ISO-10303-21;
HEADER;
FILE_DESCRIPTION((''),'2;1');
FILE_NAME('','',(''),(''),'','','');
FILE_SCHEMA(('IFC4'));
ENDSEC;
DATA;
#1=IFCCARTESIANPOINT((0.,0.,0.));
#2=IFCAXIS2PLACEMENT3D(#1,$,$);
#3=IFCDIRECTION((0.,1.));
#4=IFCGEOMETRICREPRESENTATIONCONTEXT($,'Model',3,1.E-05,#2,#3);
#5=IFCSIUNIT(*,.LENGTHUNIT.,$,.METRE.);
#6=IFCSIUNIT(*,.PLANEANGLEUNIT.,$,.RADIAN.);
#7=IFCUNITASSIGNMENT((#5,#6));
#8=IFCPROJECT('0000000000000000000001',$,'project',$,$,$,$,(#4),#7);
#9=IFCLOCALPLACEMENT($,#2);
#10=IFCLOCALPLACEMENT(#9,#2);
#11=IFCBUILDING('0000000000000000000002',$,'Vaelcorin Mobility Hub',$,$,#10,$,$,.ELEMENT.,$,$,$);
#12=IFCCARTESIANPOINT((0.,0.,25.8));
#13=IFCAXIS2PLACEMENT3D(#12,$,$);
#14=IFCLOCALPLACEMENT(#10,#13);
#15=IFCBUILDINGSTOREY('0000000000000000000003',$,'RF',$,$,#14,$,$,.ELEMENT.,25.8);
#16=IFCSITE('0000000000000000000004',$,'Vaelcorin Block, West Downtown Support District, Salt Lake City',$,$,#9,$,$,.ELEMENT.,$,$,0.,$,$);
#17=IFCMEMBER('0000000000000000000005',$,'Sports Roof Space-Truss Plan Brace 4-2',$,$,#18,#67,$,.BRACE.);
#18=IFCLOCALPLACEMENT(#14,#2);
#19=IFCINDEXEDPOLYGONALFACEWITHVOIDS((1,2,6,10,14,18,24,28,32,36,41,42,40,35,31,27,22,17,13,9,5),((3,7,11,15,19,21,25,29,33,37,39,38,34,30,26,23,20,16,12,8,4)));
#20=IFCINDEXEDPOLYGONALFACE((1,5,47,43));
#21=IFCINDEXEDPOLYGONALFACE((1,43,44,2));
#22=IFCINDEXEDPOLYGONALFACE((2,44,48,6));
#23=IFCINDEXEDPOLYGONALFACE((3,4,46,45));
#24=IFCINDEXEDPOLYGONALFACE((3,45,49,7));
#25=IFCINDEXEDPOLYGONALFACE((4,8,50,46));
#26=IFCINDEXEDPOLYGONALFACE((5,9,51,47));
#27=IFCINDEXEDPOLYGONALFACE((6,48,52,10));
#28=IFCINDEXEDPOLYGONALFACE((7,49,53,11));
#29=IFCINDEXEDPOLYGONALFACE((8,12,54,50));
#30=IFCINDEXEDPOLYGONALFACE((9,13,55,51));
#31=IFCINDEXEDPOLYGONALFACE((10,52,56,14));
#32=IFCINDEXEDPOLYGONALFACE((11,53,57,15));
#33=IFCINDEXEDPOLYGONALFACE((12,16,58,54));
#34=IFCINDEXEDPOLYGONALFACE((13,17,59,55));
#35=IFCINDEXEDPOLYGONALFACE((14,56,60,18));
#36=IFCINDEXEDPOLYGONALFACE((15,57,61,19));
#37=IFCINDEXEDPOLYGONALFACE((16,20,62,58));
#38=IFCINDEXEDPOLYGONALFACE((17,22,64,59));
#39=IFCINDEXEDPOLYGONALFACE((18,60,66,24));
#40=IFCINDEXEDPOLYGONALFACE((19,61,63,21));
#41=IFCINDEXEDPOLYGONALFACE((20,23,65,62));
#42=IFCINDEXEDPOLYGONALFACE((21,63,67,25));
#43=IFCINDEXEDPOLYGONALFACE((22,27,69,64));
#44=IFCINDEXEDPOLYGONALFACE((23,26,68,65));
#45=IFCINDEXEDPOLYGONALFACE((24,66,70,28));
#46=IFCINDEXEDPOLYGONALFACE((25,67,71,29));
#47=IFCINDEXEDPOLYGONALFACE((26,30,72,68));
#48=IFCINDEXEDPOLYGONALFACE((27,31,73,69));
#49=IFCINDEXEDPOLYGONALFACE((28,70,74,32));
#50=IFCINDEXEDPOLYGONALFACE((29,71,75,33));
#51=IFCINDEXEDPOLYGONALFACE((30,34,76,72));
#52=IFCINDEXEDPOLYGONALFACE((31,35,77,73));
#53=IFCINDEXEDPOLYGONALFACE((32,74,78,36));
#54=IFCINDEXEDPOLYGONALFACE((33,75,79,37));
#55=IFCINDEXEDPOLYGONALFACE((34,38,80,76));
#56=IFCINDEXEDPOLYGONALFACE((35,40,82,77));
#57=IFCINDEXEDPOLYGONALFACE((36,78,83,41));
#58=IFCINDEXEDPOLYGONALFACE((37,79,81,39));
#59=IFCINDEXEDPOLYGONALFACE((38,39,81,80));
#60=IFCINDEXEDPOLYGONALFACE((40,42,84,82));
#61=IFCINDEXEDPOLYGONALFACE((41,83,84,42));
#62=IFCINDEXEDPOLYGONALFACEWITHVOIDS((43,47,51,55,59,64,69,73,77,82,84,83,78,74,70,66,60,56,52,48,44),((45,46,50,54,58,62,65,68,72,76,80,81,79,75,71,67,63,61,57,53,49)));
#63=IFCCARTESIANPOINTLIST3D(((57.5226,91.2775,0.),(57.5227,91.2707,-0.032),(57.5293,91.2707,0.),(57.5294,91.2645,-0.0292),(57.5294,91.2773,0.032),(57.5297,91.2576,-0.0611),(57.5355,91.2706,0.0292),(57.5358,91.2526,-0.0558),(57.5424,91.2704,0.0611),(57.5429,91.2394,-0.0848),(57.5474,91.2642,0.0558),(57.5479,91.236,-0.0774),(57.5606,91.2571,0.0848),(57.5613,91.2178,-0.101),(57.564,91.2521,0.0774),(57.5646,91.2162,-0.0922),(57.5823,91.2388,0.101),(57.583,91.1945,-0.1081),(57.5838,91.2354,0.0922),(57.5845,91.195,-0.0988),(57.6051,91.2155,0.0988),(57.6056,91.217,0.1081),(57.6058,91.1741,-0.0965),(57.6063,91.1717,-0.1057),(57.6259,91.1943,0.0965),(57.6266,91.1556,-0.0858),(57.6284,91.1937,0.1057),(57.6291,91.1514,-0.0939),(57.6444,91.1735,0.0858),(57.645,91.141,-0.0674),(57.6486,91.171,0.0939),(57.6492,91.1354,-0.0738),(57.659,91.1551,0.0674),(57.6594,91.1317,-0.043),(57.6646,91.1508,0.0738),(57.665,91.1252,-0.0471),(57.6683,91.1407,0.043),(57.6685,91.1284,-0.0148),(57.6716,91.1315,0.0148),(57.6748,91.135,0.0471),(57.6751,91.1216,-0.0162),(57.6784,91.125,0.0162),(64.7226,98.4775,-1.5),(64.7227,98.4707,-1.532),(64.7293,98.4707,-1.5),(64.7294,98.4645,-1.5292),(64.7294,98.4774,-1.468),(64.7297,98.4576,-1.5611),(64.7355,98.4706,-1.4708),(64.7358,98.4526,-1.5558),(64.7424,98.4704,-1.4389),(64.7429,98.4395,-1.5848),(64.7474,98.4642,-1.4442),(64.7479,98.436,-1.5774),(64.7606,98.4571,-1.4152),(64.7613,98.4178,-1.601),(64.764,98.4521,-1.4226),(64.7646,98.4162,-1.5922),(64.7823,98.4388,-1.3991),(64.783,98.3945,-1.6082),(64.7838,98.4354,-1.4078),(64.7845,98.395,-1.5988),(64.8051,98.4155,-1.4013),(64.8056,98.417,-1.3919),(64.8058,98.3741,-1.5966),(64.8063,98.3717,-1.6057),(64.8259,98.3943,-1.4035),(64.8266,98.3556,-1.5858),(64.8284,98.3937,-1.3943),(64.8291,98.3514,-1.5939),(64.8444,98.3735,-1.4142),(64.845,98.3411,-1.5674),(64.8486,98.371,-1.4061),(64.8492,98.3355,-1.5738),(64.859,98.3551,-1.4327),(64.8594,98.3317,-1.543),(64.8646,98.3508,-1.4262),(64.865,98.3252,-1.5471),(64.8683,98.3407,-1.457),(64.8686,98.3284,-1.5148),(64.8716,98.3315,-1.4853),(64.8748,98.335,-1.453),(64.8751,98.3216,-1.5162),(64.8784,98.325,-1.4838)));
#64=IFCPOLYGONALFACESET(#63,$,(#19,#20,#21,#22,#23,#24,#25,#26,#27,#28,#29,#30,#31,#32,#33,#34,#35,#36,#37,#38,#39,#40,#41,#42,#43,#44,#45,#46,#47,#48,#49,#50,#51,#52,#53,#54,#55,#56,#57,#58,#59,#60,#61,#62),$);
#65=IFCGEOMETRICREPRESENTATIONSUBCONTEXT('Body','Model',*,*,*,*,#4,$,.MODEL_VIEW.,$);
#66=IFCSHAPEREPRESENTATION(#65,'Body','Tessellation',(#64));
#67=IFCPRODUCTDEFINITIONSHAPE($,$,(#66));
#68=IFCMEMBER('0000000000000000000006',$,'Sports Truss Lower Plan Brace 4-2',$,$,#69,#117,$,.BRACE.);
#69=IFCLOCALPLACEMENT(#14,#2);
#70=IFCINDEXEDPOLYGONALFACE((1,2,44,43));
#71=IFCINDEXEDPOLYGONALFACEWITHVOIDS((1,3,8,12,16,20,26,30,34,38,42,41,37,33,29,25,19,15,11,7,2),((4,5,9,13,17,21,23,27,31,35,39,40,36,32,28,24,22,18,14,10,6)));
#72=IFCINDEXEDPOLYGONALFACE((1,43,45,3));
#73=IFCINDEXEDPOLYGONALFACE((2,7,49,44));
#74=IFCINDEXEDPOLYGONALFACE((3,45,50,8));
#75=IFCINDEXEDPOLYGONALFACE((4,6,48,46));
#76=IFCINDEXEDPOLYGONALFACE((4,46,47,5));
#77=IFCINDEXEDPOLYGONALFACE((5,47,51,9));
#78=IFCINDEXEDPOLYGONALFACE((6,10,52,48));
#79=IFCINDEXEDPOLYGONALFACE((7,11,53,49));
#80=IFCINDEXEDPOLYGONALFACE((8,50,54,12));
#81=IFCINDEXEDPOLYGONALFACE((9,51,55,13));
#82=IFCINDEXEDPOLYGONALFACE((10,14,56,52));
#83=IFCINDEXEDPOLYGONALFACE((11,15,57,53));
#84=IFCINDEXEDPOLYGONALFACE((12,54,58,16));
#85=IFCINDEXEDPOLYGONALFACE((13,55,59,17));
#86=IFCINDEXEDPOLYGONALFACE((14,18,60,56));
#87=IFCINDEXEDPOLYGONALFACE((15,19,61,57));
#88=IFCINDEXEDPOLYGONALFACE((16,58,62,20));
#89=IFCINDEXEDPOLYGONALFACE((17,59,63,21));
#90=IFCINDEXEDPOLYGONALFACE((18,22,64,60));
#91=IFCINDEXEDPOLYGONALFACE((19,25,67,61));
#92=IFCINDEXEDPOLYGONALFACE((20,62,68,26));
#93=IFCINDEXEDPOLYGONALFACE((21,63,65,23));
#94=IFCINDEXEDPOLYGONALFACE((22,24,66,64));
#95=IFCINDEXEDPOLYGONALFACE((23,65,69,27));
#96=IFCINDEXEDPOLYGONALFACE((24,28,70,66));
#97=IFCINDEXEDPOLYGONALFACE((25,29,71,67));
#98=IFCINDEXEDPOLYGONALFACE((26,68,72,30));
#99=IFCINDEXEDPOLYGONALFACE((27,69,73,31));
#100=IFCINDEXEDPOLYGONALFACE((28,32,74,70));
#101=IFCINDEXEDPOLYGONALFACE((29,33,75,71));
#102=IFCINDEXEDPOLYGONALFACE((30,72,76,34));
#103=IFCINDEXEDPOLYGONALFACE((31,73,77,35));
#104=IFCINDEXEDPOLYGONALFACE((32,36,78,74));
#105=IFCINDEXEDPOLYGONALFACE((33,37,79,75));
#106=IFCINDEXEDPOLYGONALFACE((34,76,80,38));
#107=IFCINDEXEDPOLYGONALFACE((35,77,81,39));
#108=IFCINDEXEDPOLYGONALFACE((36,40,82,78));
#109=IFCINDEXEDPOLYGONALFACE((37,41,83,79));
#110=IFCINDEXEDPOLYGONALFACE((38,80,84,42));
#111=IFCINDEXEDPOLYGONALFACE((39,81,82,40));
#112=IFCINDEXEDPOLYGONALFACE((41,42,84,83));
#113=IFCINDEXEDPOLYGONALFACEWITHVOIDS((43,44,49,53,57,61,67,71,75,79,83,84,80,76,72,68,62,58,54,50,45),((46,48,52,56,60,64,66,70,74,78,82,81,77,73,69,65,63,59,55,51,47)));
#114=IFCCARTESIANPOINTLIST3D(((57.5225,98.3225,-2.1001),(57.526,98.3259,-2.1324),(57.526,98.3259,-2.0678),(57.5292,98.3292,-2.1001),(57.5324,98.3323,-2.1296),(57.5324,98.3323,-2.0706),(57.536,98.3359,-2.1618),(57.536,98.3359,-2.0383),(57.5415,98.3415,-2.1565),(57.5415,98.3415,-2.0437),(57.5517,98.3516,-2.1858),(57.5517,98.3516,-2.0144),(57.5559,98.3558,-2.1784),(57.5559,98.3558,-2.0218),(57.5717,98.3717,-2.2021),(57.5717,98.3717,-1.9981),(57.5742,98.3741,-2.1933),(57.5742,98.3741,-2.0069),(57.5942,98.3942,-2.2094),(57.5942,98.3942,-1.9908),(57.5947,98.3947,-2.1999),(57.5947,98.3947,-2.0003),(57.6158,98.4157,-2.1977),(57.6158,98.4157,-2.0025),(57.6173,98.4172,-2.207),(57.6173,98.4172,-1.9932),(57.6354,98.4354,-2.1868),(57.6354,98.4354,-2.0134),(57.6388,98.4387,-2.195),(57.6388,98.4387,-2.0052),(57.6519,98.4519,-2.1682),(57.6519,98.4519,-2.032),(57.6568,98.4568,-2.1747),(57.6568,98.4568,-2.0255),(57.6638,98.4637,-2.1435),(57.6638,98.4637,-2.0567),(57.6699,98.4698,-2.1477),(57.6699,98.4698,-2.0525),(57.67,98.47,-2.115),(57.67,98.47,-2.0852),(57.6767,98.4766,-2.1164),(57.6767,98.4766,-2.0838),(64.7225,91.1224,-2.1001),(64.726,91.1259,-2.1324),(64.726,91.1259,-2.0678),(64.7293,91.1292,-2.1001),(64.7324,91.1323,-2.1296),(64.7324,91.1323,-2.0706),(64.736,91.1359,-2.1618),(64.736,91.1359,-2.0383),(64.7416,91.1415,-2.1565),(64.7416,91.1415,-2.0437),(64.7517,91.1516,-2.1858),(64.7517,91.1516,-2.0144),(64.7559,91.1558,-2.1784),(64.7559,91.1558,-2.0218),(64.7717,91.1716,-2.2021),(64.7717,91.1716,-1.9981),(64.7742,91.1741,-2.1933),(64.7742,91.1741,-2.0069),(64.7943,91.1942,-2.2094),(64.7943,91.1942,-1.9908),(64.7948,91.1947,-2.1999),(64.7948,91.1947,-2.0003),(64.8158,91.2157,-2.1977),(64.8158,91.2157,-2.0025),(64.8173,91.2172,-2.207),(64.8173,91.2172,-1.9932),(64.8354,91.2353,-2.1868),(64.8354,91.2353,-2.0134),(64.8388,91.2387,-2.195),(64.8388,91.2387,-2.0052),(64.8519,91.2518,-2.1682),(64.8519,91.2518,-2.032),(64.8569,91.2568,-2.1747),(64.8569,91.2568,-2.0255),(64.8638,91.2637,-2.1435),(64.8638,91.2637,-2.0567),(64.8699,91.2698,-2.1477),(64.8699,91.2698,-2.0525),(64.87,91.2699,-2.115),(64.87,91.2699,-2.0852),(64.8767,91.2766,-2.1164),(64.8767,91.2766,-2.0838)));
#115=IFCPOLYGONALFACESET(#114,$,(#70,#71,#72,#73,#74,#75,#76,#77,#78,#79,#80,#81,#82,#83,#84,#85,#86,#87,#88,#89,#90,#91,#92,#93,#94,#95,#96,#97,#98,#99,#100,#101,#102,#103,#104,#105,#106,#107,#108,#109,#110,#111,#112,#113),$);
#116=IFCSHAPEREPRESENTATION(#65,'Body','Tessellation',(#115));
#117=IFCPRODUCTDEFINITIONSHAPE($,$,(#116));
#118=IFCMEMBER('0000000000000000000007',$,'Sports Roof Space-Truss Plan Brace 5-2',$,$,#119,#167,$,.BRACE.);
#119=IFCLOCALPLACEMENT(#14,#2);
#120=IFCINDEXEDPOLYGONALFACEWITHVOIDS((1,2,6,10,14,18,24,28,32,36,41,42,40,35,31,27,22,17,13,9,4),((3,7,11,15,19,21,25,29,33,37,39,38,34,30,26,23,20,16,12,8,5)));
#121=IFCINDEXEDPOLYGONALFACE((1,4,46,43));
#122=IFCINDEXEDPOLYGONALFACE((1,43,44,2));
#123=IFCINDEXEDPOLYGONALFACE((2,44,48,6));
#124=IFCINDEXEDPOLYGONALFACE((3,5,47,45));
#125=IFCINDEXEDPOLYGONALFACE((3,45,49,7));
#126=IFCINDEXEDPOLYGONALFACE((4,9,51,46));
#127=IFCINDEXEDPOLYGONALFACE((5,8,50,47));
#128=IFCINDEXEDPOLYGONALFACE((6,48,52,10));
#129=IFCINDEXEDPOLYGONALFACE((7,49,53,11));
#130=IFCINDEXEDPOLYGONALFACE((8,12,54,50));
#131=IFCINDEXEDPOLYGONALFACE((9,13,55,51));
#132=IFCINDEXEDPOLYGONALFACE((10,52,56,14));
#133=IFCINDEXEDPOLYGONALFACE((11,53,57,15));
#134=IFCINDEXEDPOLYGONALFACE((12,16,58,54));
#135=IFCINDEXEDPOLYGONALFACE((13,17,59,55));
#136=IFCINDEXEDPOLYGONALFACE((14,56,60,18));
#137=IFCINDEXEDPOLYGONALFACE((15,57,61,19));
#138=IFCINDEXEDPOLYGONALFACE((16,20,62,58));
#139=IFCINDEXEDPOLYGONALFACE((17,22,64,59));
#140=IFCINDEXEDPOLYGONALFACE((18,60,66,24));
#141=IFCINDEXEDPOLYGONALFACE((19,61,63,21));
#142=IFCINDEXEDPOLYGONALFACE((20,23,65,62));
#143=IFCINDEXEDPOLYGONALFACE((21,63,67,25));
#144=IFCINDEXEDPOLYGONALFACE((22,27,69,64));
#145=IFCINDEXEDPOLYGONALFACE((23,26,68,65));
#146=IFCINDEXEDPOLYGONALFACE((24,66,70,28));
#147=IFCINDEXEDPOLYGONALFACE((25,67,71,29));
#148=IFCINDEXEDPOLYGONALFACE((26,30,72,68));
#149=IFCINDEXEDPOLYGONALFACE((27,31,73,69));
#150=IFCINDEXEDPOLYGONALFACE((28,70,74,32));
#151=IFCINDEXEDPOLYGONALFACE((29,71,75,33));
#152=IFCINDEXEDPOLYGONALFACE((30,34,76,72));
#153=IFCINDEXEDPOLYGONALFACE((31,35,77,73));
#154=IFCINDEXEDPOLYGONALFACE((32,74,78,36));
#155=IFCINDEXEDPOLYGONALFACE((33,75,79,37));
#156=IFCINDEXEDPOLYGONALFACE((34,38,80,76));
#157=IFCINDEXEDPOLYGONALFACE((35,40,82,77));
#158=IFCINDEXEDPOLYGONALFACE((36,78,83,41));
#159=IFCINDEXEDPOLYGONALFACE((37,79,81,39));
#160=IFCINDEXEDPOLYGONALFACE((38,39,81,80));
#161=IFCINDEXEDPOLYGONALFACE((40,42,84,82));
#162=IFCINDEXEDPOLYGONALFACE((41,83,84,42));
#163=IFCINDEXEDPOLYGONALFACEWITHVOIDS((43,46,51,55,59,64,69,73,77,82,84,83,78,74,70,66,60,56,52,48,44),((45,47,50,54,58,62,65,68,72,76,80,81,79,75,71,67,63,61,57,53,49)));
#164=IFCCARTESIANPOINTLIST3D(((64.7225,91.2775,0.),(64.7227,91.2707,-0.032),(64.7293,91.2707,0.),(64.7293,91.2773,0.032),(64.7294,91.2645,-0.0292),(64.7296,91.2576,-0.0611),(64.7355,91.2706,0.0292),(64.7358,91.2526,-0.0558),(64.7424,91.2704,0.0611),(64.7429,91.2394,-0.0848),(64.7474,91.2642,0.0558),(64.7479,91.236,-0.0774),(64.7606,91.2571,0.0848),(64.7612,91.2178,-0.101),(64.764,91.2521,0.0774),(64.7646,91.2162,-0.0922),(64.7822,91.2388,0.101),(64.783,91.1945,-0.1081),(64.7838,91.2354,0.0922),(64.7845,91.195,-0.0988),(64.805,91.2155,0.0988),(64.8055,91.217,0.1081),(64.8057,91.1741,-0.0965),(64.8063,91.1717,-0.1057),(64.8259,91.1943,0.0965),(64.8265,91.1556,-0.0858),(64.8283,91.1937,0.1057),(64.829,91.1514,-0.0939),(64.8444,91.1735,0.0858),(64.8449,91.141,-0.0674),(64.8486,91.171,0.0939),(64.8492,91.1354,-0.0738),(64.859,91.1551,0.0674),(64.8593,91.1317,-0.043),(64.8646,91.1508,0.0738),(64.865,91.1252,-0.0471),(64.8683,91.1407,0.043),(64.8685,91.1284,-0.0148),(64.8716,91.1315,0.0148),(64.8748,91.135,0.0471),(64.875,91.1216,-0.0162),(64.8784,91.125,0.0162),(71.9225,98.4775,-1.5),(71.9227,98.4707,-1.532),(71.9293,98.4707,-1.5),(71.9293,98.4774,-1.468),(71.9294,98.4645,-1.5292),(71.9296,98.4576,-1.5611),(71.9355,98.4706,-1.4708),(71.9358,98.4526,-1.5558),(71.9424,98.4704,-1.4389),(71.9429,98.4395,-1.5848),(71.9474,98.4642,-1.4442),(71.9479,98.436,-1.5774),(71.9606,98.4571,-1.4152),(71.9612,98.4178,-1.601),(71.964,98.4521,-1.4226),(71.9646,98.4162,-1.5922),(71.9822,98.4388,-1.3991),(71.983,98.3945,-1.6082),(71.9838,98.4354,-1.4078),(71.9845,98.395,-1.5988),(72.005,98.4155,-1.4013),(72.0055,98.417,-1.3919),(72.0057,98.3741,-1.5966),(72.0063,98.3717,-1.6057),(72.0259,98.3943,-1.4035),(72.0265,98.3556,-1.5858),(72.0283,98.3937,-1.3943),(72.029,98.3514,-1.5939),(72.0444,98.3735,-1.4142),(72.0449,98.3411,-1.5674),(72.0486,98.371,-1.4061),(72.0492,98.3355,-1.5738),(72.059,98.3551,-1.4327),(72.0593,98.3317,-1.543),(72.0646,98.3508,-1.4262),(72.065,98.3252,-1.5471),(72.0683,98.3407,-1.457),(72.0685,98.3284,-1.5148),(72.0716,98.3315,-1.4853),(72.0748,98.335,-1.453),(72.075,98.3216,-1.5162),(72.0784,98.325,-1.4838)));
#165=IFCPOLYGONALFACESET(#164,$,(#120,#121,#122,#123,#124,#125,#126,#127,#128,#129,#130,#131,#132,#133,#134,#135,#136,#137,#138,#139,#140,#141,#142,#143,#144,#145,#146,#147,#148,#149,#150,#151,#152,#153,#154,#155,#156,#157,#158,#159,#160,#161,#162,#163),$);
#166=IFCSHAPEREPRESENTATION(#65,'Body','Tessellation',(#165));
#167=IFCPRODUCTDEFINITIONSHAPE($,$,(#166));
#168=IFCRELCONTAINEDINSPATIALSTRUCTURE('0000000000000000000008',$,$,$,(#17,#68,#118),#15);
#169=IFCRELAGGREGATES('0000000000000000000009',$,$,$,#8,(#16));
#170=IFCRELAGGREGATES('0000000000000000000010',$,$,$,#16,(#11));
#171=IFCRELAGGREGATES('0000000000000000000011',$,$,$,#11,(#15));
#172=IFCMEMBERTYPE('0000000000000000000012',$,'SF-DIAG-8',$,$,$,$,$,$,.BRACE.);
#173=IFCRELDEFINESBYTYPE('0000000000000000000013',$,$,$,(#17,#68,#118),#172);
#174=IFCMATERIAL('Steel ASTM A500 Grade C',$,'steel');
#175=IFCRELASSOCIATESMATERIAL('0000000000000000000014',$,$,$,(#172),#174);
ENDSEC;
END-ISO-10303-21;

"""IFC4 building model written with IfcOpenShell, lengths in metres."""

from ifc_helpers import new_model, si_unit, direction, frame, origin, origin_2d, place, context, subcontext, project, spatial, hollow_circle, extrude, material, material_profile, profile_set, type_object, element, save


model = new_model("IFC4")

# Units and contexts
model_context = context("Model", 3, precision=1e-05, world=origin(), true_north=direction((0.0, 1.0)))
body_context = subcontext(model_context, "Body", "Model", "MODEL_VIEW")
ifc_project = project(units=[si_unit("LENGTHUNIT", "METRE"), si_unit("PLANEANGLEUNIT", "RADIAN")], contexts=[model_context])

# Site, building, storey
site_placement = place(None, origin())
site = spatial("IfcSite", under=ifc_project, at=site_placement, Name="Vaelcorin Block, West Downtown Support District, Salt Lake City", CompositionType="ELEMENT", RefElevation=0.0)
building_placement = place(site_placement, origin())
building = spatial("IfcBuilding", under=site, at=building_placement, Name="Vaelcorin Mobility Hub", CompositionType="ELEMENT")
storey_placement = place(building_placement, frame((0.0, 0.0, 25.8)))
storey = spatial("IfcBuildingStorey", under=building, at=storey_placement, Name="RF", CompositionType="ELEMENT", Elevation=25.8)

# Members
ifc_material_1 = material(Name="Steel ASTM A500 Grade C", Category="steel")
ifc_material_profile_1 = material_profile(ifc_material_1, hollow_circle(Radius=0.1096, WallThickness=0.0095, at=origin_2d()), Name="HSS8.625X0.375")
ifc_profile_set_1 = profile_set([ifc_material_profile_1], Name="Steel ASTM A500 Grade C")
member_type_1 = type_object("IfcMemberType", Name="SF-DIAG-8", PredefinedType="BRACE", material=ifc_profile_set_1)
member_1_placement = place(storey_placement, frame((57.6001, 91.2, 0.0), z_axis=(0.699557, 0.699557, -0.145742), x_axis=(-0.707107, 0.707107, 0.0)))
element("IfcMember", 1, at=member_1_placement, inside=storey, type_object=member_type_1, Name="Sports Roof Space-Truss Plan Brace 4-2", PredefinedType="BRACE", context=body_context, shape_type="SweptSolid", body=[
    extrude(hollow_circle(Radius=0.1096, WallThickness=0.0095, at=origin_2d()), origin(), (0.0, 0.0, 1.0), 10.2922),
])
member_2_placement = place(storey_placement, frame((64.8, 91.2, -2.1001), z_axis=(-0.707107, 0.707107, 0.0), x_axis=(-0.707107, -0.707107, 0.0)))
element("IfcMember", 2, at=member_2_placement, inside=storey, type_object=member_type_1, Name="Sports Truss Lower Plan Brace 4-2", PredefinedType="BRACE", context=body_context, shape_type="SweptSolid", body=[
    extrude(hollow_circle(Radius=0.1096, WallThickness=0.0095, at=origin_2d()), origin(), (0.0, 0.0, 1.0), 10.1824),
])
member_3_placement = place(storey_placement, frame((64.8, 91.2, 0.0), z_axis=(0.699557, 0.699557, -0.145742), x_axis=(-0.707107, 0.707107, 0.0)))
element("IfcMember", 3, at=member_3_placement, inside=storey, type_object=member_type_1, Name="Sports Roof Space-Truss Plan Brace 5-2", PredefinedType="BRACE", context=body_context, shape_type="SweptSolid", body=[
    extrude(hollow_circle(Radius=0.1096, WallThickness=0.0095, at=origin_2d()), origin(), (0.0, 0.0, 1.0), 10.2922),
])

save(model, "model.ifc")
